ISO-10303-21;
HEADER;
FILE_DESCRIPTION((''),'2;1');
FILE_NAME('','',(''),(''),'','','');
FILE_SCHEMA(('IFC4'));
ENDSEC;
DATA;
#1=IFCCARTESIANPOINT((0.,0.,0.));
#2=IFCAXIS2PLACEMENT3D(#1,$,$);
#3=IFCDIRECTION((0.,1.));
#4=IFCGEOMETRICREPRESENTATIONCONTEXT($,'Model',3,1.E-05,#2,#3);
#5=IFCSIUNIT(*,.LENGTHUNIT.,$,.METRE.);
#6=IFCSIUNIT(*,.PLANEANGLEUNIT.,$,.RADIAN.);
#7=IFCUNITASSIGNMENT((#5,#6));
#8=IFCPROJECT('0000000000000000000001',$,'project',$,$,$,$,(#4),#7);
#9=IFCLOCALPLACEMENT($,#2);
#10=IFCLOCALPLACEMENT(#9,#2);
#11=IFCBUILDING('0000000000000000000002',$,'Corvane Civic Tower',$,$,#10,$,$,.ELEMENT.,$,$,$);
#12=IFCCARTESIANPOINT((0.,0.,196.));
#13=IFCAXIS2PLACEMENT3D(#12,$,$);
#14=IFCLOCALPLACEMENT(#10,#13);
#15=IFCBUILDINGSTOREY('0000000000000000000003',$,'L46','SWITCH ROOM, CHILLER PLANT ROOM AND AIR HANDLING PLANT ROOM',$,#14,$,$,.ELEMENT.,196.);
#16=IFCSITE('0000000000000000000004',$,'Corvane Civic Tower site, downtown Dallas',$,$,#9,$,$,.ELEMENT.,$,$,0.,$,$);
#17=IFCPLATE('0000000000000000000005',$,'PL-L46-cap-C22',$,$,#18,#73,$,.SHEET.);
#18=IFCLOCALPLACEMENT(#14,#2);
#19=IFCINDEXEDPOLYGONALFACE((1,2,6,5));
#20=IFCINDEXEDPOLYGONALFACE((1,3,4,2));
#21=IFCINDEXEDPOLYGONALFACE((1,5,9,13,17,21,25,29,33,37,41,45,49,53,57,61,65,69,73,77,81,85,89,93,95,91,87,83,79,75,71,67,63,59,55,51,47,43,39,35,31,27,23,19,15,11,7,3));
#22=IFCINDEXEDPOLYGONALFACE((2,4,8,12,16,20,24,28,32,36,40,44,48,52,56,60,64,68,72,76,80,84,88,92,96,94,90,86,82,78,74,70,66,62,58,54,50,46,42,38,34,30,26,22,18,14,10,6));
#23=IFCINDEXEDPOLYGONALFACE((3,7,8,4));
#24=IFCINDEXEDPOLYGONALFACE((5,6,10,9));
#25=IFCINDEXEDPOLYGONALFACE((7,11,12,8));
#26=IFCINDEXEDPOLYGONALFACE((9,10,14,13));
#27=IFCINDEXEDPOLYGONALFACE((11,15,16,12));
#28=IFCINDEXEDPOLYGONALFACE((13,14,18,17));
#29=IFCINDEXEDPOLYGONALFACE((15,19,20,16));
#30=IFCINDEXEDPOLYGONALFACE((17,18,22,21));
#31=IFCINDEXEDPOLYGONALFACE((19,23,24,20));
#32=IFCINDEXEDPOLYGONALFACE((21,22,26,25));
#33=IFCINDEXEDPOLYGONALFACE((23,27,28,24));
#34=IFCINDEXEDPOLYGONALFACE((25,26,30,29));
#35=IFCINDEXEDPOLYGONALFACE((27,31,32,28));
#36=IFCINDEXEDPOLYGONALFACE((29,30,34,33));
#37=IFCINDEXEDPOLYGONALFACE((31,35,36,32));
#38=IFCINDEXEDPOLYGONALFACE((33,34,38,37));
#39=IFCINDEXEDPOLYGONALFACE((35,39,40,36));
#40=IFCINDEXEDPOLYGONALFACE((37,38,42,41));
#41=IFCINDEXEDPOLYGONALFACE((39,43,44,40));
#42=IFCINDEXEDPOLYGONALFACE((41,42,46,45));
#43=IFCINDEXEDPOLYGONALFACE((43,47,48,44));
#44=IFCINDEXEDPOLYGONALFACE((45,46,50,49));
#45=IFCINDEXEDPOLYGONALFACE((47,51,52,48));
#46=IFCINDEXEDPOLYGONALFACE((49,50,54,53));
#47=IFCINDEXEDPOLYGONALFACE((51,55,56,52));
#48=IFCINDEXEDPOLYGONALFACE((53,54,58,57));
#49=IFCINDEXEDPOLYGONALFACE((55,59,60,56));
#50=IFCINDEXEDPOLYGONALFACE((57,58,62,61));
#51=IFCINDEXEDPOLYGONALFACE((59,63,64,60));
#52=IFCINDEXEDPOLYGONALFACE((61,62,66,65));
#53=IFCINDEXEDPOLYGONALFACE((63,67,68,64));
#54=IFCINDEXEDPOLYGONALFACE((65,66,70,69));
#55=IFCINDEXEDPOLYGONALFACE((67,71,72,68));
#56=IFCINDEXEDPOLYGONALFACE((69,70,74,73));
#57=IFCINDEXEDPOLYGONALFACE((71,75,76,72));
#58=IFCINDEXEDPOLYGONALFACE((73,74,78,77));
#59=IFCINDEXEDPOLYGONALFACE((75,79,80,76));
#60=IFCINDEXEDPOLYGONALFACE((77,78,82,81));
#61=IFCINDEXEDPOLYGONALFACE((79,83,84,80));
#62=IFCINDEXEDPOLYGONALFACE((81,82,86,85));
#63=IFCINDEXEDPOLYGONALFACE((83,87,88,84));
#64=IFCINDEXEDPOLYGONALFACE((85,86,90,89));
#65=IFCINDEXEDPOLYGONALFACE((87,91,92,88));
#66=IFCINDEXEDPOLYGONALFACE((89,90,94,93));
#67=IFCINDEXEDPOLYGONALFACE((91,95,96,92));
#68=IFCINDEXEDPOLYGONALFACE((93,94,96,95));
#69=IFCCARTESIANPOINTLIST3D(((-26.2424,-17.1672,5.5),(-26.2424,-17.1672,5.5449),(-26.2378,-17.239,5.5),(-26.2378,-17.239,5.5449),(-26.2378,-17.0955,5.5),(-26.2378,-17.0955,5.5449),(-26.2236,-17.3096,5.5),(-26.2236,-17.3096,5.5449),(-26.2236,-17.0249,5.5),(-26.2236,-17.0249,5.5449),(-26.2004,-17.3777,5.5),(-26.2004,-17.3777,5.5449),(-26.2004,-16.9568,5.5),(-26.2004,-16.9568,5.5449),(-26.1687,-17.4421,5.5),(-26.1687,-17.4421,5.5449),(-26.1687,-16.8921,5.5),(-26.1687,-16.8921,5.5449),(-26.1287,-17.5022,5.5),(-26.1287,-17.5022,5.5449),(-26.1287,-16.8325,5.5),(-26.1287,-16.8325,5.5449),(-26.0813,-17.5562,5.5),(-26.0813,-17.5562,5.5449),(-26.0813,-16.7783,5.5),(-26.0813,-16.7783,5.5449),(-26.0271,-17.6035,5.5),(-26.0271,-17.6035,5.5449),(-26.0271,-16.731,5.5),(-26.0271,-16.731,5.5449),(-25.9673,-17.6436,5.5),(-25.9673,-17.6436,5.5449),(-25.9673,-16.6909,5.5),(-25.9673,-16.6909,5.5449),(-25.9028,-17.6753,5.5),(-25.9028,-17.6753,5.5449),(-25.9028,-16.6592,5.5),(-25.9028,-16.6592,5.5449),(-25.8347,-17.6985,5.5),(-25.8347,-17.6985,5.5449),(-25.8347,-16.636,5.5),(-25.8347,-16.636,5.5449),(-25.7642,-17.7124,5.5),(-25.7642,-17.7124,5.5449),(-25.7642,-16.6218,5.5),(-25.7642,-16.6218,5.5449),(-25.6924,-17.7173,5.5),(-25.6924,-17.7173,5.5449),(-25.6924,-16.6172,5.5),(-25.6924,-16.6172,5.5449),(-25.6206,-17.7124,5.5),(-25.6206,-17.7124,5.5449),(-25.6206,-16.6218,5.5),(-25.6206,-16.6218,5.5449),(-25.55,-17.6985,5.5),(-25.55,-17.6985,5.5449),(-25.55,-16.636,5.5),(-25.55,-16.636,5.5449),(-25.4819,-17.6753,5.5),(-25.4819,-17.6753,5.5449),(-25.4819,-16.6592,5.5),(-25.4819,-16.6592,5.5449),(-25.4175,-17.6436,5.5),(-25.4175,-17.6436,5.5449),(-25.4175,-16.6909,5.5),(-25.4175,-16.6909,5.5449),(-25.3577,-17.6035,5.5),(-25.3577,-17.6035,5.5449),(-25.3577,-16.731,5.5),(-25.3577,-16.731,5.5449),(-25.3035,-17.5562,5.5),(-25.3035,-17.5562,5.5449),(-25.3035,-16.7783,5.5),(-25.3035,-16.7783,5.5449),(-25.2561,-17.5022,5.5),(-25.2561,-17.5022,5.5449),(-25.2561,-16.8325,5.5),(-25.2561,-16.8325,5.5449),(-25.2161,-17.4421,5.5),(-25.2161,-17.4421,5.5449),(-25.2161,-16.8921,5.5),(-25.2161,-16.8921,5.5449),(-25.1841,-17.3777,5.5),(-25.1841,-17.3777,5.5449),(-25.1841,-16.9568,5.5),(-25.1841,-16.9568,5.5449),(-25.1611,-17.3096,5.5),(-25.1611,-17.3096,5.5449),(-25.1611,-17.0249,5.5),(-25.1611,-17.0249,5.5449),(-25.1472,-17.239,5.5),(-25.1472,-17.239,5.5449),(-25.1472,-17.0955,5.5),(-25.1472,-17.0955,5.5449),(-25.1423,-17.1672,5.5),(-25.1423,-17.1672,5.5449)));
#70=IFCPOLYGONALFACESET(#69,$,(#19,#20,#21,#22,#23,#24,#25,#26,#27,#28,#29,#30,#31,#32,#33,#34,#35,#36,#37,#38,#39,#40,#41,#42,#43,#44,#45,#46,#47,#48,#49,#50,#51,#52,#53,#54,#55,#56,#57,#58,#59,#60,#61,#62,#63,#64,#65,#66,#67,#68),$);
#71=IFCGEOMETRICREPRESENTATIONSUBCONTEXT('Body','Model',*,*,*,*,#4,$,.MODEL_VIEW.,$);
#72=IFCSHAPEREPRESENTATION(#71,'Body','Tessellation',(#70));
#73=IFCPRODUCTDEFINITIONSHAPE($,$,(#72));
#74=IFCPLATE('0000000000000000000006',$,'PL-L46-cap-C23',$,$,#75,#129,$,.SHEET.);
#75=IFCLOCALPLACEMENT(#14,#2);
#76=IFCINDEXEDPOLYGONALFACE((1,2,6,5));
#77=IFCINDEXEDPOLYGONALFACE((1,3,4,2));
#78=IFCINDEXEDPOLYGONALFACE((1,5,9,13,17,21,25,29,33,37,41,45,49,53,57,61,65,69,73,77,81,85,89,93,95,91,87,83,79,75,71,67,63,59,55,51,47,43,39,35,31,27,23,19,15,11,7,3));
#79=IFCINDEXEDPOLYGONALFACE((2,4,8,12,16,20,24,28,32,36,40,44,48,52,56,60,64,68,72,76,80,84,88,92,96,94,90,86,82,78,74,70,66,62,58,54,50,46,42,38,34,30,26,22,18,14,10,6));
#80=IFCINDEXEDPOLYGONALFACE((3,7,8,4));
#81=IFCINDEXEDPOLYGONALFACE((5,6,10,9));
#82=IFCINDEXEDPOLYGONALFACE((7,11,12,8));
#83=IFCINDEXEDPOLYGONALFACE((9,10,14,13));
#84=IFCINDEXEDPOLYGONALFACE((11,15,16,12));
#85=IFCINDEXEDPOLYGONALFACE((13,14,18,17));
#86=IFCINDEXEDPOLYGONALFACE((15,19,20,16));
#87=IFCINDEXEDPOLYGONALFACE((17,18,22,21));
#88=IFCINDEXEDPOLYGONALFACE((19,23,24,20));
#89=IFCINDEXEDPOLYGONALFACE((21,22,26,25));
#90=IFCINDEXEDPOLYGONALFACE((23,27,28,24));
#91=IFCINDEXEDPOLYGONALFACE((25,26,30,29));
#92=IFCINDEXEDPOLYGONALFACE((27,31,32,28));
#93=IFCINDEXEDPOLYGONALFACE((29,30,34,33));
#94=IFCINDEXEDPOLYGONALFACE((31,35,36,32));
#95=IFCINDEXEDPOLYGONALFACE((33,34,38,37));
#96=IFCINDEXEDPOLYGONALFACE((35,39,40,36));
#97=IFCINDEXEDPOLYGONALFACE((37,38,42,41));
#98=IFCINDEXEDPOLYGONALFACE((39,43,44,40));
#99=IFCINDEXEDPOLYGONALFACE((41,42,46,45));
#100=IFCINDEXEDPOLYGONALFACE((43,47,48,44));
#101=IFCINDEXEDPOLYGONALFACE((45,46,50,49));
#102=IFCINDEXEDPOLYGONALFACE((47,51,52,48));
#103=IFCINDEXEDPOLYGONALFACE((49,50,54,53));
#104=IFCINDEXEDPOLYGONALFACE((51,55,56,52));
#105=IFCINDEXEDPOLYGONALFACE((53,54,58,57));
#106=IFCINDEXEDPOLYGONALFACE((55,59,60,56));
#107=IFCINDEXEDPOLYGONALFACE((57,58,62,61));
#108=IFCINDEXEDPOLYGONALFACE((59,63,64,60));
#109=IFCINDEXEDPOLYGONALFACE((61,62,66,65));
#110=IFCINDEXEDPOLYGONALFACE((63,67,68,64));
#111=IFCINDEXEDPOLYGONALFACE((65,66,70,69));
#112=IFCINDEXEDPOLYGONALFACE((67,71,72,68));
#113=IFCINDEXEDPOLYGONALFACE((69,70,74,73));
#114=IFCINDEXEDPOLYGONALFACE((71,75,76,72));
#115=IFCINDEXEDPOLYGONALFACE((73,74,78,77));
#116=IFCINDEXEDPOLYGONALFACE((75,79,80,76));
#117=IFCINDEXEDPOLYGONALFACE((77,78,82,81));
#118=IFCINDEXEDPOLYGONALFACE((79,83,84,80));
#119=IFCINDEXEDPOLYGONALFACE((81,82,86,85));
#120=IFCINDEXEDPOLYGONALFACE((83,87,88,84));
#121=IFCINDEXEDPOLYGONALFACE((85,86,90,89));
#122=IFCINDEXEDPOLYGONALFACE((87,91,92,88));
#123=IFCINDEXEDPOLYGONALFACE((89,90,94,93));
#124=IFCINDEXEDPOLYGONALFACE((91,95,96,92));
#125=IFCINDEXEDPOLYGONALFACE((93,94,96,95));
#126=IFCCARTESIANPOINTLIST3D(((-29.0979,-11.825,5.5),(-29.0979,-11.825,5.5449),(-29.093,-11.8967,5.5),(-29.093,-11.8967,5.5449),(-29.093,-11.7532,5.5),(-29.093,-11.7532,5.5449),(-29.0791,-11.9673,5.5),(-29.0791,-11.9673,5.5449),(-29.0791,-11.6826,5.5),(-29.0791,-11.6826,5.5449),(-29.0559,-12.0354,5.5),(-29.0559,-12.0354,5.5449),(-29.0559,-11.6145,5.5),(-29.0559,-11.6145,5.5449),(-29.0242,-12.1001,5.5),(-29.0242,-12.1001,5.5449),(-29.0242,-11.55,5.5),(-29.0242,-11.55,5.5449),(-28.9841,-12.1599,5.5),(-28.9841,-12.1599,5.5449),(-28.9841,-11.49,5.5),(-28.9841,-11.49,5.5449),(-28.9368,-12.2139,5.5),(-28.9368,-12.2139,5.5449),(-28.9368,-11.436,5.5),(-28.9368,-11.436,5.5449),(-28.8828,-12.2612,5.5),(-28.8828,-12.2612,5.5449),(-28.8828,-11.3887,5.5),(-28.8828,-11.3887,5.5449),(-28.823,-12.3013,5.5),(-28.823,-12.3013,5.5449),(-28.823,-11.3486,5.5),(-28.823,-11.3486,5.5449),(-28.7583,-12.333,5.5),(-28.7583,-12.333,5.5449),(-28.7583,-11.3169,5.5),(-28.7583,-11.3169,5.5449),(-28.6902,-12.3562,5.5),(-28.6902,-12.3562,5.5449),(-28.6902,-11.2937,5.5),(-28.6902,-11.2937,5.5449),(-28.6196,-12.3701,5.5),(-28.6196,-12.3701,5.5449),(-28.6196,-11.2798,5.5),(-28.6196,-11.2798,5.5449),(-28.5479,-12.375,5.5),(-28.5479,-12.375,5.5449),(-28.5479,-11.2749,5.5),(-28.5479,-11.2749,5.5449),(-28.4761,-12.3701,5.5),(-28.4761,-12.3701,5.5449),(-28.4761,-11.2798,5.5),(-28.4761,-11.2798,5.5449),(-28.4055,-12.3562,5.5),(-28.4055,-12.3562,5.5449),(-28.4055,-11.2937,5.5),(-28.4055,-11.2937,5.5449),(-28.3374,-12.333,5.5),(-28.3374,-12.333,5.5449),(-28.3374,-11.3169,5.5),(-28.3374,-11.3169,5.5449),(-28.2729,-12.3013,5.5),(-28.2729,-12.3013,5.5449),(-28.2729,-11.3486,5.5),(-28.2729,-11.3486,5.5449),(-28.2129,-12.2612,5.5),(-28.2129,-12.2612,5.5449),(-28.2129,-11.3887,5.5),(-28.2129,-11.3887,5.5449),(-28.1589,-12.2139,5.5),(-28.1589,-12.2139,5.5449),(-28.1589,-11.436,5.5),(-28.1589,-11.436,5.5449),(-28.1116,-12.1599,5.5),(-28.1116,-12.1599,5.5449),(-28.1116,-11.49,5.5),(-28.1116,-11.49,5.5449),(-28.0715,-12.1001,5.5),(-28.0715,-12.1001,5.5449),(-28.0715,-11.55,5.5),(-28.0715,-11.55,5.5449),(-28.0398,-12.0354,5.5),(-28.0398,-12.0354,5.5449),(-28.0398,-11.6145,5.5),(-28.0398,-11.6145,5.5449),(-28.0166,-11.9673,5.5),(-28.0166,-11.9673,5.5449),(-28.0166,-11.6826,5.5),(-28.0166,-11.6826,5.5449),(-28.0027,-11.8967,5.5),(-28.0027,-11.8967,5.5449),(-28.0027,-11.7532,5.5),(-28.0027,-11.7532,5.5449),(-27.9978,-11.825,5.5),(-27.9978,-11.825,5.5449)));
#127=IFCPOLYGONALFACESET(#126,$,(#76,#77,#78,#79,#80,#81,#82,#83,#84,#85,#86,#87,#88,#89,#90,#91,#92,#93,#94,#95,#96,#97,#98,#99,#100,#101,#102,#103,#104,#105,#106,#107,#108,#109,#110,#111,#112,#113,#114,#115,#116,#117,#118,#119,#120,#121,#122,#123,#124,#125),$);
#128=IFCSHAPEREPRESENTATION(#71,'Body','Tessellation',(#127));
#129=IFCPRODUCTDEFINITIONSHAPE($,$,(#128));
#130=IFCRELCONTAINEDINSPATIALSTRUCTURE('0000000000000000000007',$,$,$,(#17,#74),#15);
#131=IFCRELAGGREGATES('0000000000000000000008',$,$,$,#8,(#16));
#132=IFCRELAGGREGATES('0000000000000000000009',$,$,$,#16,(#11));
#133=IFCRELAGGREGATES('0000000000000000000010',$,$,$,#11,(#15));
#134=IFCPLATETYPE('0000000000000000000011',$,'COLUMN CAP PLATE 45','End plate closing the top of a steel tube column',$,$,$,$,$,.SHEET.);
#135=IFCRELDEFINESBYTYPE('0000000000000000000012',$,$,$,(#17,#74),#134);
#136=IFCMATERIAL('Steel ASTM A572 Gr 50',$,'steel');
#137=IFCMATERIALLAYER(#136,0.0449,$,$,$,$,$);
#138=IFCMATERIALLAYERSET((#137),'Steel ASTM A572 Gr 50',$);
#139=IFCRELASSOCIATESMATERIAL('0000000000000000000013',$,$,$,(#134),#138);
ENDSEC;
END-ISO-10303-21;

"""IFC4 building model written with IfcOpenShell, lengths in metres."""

from ifc_helpers import new_model, si_unit, direction, frame, origin, place, context, subcontext, project, spatial, polyline, outline, extrude, material, layer, layer_set, type_object, element, save


model = new_model("IFC4")

# Units and contexts
model_context = context("Model", 3, precision=1e-05, world=origin(), true_north=direction((0.0, 1.0)))
body_context = subcontext(model_context, "Body", "Model", "MODEL_VIEW")
ifc_project = project(units=[si_unit("LENGTHUNIT", "METRE"), si_unit("PLANEANGLEUNIT", "RADIAN")], contexts=[model_context])

# Site, building, storey
site_placement = place(None, origin())
site = spatial("IfcSite", under=ifc_project, at=site_placement, Name="Corvane Civic Tower site, downtown Dallas", CompositionType="ELEMENT", RefElevation=0.0)
building_placement = place(site_placement, origin())
building = spatial("IfcBuilding", under=site, at=building_placement, Name="Corvane Civic Tower", CompositionType="ELEMENT")
storey_placement = place(building_placement, frame((0.0, 0.0, 196.0)))
storey = spatial("IfcBuildingStorey", under=building, at=storey_placement, Name="L46", Description="SWITCH ROOM, CHILLER PLANT ROOM AND AIR HANDLING PLANT ROOM", CompositionType="ELEMENT", Elevation=196.0)

# Plates
ifc_material_1 = material(Name="Steel ASTM A572 Gr 50", Category="steel")
ifc_layer_1 = layer(ifc_material_1, 0.0449)
ifc_layer_set_1 = layer_set([ifc_layer_1], Name="Steel ASTM A572 Gr 50")
plate_type = type_object("IfcPlateType", Name="COLUMN CAP PLATE 45", Description="End plate closing the top of a steel tube column", PredefinedType="SHEET", material=ifc_layer_set_1)
plate_1_placement = place(storey_placement, frame((0.0, 0.0, 5.5)))
element("IfcPlate", 1, at=plate_1_placement, inside=storey, type_object=plate_type, Name="PL-L46-cap-C22", PredefinedType="SHEET", context=body_context, shape_type="SweptSolid", body=[
    extrude(outline(polyline([(-25.1423, -17.1672), (-25.1472, -17.0955), (-25.1611, -17.0249), (-25.1841, -16.9568), (-25.2161, -16.8921), (-25.2561, -16.8325), (-25.3035, -16.7783), (-25.3577, -16.731), (-25.4175, -16.6909), (-25.4819, -16.6592), (-25.55, -16.636), (-25.6206, -16.6218), (-25.6924, -16.6172), (-25.7642, -16.6218), (-25.8347, -16.636), (-25.9028, -16.6592), (-25.9673, -16.6909), (-26.0271, -16.731), (-26.0813, -16.7783), (-26.1287, -16.8325), (-26.1687, -16.8921), (-26.2004, -16.9568), (-26.2236, -17.0249), (-26.2378, -17.0955), (-26.2424, -17.1672), (-26.2378, -17.239), (-26.2236, -17.3096), (-26.2004, -17.3777), (-26.1687, -17.4421), (-26.1287, -17.5022), (-26.0813, -17.5562), (-26.0271, -17.6035), (-25.9673, -17.6436), (-25.9028, -17.6753), (-25.8347, -17.6985), (-25.7642, -17.7124), (-25.6924, -17.7173), (-25.6206, -17.7124), (-25.55, -17.6985), (-25.4819, -17.6753), (-25.4175, -17.6436), (-25.3577, -17.6035), (-25.3035, -17.5562), (-25.2561, -17.5022), (-25.2161, -17.4421), (-25.1841, -17.3777), (-25.1611, -17.3096), (-25.1472, -17.239), (-25.1423, -17.1672)])), origin(), (0.0, 0.0, 1.0), 0.0449),
])
plate_2_placement = place(storey_placement, frame((0.0, 0.0, 5.5)))
element("IfcPlate", 2, at=plate_2_placement, inside=storey, type_object=plate_type, Name="PL-L46-cap-C23", PredefinedType="SHEET", context=body_context, shape_type="SweptSolid", body=[
    extrude(outline(polyline([(-27.9978, -11.825), (-28.0027, -11.7532), (-28.0166, -11.6826), (-28.0398, -11.6145), (-28.0715, -11.55), (-28.1116, -11.49), (-28.1589, -11.436), (-28.2129, -11.3887), (-28.2729, -11.3486), (-28.3374, -11.3169), (-28.4055, -11.2937), (-28.4761, -11.2798), (-28.5479, -11.2749), (-28.6196, -11.2798), (-28.6902, -11.2937), (-28.7583, -11.3169), (-28.823, -11.3486), (-28.8828, -11.3887), (-28.9368, -11.436), (-28.9841, -11.49), (-29.0242, -11.55), (-29.0559, -11.6145), (-29.0791, -11.6826), (-29.093, -11.7532), (-29.0979, -11.825), (-29.093, -11.8967), (-29.0791, -11.9673), (-29.0559, -12.0354), (-29.0242, -12.1001), (-28.9841, -12.1599), (-28.9368, -12.2139), (-28.8828, -12.2612), (-28.823, -12.3013), (-28.7583, -12.333), (-28.6902, -12.3562), (-28.6196, -12.3701), (-28.5479, -12.375), (-28.4761, -12.3701), (-28.4055, -12.3562), (-28.3374, -12.333), (-28.2729, -12.3013), (-28.2129, -12.2612), (-28.1589, -12.2139), (-28.1116, -12.1599), (-28.0715, -12.1001), (-28.0398, -12.0354), (-28.0166, -11.9673), (-28.0027, -11.8967), (-27.9978, -11.825)])), origin(), (0.0, 0.0, 1.0), 0.0449),
])

save(model, "model.ifc")
